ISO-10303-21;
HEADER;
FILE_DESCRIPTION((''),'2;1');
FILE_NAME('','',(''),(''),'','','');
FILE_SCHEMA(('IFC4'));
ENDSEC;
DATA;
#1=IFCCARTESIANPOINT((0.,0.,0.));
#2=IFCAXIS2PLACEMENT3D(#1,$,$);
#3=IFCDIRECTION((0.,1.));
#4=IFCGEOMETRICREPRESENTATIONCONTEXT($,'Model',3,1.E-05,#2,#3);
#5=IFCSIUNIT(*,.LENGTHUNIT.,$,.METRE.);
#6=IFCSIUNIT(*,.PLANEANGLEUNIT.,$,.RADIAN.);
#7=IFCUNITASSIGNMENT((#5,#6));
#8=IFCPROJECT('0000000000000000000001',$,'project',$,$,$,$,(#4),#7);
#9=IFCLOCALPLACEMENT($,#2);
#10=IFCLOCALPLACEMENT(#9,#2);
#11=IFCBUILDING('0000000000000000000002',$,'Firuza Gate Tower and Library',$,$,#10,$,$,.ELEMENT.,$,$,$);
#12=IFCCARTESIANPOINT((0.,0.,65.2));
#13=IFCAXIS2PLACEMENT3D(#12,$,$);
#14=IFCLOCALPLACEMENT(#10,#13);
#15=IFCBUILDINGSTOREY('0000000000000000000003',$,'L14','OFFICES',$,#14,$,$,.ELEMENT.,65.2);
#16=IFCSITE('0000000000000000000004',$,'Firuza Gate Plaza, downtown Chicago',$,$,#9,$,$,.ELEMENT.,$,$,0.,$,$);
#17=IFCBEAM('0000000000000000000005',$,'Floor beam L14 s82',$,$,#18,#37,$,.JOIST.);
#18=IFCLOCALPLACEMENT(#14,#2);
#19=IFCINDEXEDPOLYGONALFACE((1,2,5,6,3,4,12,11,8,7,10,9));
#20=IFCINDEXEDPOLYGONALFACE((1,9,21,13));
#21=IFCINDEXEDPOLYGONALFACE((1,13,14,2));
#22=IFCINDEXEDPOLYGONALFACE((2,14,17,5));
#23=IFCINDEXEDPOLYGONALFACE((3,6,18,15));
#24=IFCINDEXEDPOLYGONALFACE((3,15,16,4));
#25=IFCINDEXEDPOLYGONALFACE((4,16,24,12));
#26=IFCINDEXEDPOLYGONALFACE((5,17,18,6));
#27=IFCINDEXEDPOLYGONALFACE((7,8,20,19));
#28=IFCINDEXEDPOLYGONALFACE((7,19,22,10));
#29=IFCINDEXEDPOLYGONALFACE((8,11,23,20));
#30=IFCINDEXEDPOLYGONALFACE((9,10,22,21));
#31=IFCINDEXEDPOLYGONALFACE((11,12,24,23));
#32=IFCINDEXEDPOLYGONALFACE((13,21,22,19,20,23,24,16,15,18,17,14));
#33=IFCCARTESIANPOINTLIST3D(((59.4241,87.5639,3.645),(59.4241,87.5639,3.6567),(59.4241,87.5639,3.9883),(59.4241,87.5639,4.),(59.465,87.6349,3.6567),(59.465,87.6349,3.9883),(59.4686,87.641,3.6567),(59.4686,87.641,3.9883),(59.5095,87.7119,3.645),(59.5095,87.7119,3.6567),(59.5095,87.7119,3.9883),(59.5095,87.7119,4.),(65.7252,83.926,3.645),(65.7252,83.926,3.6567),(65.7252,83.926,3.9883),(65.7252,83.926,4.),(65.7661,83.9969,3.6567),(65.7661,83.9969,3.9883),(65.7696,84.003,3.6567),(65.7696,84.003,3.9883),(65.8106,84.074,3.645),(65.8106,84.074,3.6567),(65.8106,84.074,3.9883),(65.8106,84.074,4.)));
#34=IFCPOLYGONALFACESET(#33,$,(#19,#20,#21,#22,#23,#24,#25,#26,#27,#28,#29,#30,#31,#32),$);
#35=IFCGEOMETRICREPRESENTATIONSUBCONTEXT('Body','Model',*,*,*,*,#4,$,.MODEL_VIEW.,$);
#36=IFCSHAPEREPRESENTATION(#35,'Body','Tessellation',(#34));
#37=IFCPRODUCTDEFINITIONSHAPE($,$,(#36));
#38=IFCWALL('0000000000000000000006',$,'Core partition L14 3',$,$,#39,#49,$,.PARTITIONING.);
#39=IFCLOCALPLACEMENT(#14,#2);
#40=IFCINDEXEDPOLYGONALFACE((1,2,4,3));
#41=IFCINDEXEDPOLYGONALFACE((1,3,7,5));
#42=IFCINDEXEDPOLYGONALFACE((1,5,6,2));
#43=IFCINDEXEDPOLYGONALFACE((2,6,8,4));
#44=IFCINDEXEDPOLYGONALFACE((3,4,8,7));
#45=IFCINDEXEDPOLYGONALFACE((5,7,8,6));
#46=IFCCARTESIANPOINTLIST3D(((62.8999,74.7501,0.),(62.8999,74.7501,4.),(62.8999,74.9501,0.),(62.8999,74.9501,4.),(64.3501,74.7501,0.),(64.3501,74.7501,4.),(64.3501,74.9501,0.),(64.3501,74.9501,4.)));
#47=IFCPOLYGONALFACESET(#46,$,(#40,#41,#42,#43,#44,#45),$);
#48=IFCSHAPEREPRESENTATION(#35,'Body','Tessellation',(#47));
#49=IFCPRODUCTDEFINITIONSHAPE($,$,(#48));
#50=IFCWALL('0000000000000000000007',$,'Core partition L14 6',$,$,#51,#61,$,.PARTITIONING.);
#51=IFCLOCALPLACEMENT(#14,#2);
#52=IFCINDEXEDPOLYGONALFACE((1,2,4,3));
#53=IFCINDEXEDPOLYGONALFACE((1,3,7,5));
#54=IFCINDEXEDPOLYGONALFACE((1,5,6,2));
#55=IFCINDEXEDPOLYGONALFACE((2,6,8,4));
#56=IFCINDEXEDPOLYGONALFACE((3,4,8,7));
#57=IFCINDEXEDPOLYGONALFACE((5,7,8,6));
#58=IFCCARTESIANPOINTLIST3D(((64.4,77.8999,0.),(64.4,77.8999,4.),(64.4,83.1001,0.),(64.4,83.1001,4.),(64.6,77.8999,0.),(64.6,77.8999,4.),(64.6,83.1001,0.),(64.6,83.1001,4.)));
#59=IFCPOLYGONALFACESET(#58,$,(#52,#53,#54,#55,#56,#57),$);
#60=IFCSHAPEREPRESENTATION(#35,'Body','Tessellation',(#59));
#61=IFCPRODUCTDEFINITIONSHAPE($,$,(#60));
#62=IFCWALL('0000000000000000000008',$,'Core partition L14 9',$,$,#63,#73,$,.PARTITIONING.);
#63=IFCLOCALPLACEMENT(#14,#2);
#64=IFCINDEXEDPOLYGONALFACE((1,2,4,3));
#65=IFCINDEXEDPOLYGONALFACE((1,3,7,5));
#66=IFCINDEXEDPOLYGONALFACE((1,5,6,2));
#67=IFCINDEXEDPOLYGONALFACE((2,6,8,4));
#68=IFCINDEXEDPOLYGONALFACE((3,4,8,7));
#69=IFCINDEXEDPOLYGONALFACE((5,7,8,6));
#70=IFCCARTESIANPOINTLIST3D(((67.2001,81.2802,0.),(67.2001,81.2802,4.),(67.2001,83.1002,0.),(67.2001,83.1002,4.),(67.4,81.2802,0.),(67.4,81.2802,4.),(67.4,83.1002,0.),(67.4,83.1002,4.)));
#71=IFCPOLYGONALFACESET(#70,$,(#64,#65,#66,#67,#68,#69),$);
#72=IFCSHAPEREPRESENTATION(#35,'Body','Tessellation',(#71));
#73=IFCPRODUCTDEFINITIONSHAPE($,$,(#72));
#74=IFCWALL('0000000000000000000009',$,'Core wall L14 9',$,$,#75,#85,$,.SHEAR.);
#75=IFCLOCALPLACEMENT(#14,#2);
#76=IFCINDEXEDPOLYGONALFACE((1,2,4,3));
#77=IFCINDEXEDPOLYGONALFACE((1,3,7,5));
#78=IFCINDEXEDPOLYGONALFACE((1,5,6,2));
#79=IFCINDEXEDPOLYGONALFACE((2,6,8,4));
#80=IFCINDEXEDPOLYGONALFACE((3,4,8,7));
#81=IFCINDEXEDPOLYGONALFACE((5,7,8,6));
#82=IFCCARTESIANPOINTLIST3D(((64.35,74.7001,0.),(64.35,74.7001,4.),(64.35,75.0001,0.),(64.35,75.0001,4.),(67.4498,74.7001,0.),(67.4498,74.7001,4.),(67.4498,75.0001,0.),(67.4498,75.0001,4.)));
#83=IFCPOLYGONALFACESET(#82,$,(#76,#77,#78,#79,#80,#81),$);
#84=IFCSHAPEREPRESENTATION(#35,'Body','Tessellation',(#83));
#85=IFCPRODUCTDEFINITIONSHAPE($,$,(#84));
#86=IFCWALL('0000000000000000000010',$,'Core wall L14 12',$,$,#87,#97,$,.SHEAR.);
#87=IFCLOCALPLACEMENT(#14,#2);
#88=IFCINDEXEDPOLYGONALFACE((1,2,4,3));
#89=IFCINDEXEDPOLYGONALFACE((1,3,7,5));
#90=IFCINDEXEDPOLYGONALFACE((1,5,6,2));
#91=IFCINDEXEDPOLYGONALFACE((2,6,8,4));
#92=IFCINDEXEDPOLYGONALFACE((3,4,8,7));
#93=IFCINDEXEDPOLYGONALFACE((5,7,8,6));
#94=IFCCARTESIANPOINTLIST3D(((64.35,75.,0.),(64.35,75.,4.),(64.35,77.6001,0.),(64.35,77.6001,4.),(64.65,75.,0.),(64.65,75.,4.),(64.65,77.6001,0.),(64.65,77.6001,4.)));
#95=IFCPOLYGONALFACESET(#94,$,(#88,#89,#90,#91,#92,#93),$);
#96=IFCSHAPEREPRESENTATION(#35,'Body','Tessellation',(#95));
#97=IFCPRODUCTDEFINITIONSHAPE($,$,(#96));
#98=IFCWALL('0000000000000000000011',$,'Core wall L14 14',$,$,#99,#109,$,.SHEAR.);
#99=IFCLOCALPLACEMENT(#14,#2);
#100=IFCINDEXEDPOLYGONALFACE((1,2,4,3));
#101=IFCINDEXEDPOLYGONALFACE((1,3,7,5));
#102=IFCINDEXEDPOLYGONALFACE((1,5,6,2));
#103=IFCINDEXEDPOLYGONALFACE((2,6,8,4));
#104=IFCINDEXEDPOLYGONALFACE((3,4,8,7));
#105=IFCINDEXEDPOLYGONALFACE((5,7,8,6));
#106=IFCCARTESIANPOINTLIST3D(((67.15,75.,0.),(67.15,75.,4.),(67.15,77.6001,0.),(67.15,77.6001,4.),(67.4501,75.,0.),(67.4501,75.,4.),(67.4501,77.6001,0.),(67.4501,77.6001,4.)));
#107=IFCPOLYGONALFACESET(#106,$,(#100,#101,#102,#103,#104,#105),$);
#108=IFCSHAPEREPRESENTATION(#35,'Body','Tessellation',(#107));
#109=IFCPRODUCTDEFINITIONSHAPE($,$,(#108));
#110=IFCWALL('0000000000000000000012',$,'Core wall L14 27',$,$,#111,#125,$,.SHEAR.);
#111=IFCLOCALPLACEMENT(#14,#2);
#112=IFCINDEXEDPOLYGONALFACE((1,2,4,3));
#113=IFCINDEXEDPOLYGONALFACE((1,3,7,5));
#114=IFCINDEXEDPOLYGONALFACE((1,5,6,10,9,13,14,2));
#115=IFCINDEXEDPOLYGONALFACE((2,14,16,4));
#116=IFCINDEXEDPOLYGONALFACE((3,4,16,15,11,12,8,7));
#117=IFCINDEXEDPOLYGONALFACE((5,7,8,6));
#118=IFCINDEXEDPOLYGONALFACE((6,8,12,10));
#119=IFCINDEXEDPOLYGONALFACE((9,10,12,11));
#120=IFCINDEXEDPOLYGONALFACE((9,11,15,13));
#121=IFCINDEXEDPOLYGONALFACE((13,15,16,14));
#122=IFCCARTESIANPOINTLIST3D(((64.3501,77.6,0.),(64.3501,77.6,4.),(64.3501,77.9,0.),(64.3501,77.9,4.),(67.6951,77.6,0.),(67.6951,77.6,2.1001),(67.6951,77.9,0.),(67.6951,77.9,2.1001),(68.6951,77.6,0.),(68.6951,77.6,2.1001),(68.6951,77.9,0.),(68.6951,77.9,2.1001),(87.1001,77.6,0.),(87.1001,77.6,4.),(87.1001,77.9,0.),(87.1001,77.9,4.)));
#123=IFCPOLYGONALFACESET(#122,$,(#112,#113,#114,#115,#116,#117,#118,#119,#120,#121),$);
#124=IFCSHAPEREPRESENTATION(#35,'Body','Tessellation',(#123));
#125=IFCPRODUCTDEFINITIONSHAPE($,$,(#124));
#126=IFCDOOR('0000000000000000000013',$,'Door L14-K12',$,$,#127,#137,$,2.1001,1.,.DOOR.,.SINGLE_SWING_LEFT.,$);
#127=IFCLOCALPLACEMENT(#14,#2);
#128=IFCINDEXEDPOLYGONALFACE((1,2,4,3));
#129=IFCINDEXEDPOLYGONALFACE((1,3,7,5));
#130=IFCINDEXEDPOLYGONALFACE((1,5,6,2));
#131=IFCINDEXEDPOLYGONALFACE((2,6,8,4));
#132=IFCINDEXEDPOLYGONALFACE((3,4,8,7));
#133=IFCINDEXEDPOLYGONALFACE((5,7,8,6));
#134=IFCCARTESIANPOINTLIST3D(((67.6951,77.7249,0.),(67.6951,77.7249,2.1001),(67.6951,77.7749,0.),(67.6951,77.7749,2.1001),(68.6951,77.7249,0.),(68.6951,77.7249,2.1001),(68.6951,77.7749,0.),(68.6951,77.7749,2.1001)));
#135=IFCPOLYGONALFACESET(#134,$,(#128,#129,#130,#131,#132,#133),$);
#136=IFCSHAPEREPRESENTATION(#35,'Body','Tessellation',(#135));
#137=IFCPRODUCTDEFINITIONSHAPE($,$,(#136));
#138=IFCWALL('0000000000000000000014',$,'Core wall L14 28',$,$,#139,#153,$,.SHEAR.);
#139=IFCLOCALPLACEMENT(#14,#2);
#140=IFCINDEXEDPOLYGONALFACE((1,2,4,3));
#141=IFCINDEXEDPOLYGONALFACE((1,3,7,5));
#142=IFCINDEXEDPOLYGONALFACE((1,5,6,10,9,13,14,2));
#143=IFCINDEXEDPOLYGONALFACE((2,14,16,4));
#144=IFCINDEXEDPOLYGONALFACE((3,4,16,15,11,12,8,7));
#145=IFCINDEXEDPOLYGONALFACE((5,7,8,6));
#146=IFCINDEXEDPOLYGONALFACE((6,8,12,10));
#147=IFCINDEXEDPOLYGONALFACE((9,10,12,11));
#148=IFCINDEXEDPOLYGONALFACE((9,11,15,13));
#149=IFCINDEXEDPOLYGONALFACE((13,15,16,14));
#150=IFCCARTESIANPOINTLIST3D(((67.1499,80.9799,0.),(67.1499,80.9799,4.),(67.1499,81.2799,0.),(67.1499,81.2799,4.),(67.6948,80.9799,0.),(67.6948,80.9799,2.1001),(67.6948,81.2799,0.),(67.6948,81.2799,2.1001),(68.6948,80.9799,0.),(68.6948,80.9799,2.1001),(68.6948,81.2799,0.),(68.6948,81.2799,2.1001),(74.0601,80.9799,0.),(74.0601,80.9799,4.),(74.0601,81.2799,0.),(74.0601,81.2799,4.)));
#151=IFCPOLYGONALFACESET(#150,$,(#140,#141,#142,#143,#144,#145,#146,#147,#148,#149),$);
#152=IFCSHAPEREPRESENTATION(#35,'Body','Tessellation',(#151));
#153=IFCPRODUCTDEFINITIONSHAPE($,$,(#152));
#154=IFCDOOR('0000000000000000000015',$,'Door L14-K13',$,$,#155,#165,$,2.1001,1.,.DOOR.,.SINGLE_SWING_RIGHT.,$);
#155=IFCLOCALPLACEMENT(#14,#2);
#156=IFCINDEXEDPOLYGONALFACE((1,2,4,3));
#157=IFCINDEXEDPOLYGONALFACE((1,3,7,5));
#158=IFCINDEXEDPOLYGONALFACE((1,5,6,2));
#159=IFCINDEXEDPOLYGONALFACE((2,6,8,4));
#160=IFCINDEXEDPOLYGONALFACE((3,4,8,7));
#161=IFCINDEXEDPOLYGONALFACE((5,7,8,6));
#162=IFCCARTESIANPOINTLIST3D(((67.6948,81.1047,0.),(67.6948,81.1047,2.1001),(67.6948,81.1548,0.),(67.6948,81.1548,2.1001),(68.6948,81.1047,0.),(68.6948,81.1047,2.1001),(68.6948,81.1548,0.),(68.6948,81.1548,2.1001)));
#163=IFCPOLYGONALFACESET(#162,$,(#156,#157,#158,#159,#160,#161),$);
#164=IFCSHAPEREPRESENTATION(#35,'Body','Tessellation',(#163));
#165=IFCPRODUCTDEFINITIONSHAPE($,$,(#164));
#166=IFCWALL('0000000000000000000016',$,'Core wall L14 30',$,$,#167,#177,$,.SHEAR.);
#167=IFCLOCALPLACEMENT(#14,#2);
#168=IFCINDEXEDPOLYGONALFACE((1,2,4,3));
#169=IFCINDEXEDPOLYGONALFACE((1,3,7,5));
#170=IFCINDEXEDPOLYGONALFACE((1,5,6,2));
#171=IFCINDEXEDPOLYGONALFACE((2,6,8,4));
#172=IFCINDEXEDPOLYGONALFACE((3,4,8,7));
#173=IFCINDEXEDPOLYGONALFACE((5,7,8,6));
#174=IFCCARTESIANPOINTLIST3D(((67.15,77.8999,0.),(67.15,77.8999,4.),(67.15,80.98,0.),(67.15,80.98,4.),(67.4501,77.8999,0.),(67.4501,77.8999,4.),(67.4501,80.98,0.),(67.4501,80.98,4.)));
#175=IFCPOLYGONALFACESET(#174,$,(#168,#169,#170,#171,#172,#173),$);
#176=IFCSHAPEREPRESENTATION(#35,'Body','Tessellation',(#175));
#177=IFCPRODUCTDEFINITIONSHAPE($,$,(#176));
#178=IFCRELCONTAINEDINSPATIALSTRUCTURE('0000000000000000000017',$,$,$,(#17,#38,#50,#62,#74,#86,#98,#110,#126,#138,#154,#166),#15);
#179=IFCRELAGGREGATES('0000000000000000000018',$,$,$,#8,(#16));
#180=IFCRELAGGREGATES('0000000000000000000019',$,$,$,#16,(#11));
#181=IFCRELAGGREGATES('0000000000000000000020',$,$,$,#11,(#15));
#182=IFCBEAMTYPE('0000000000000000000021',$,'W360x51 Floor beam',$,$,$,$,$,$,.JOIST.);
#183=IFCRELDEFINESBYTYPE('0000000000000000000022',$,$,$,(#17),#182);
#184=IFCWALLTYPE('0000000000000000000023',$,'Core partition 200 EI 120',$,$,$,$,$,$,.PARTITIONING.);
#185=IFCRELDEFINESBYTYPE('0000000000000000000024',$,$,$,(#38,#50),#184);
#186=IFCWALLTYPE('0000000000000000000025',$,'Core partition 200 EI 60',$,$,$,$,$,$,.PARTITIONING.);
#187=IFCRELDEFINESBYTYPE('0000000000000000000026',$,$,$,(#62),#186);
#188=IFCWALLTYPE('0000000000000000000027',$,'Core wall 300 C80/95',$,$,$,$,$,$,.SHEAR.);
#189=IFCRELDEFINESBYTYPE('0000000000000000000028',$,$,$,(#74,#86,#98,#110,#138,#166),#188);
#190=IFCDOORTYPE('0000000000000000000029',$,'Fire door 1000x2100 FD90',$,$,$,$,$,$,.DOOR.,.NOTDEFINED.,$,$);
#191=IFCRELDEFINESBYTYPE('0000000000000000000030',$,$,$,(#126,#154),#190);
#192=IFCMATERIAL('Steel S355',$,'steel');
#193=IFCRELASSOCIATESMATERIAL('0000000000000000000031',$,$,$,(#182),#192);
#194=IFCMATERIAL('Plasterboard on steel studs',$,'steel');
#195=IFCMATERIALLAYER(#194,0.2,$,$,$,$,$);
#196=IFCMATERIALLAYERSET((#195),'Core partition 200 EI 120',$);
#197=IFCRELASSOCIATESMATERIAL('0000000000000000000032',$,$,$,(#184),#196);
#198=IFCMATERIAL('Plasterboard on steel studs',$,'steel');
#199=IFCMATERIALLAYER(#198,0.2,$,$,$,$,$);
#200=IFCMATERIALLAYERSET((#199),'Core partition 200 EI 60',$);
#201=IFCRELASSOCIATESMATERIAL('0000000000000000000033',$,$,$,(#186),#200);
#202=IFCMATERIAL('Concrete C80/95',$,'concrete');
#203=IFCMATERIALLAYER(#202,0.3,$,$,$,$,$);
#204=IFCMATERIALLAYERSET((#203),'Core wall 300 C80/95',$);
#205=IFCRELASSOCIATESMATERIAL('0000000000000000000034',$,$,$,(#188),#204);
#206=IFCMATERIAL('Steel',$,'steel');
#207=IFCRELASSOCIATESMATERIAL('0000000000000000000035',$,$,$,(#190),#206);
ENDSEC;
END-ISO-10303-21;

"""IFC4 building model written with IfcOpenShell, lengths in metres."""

from ifc_helpers import new_model, si_unit, direction, frame, frame_2d, origin, origin_2d, place, context, subcontext, project, spatial, rectangle, i_section, extrude, material, layer, layer_set, material_profile, profile_set, type_object, element, fill, save


model = new_model("IFC4")

# Units and contexts
model_context = context("Model", 3, precision=1e-05, world=origin(), true_north=direction((0.0, 1.0)))
body_context = subcontext(model_context, "Body", "Model", "MODEL_VIEW")
ifc_project = project(units=[si_unit("LENGTHUNIT", "METRE"), si_unit("PLANEANGLEUNIT", "RADIAN")], contexts=[model_context])

# Site, building, storey
site_placement = place(None, origin())
site = spatial("IfcSite", under=ifc_project, at=site_placement, Name="Firuza Gate Plaza, downtown Chicago", CompositionType="ELEMENT", RefElevation=0.0)
building_placement = place(site_placement, origin())
building = spatial("IfcBuilding", under=site, at=building_placement, Name="Firuza Gate Tower and Library", CompositionType="ELEMENT")
storey_placement = place(building_placement, frame((0.0, 0.0, 65.2)))
storey = spatial("IfcBuildingStorey", under=building, at=storey_placement, Name="L14", Description="OFFICES", CompositionType="ELEMENT", Elevation=65.2)

# Beam
ifc_material_1 = material(Name="Steel S355", Category="steel")
ifc_material_profile = material_profile(ifc_material_1, i_section(OverallWidth=0.1709, OverallDepth=0.355, WebThickness=0.0071, FlangeThickness=0.0117, at=origin_2d()))
ifc_profile_set = profile_set([ifc_material_profile], Name="Steel S355")
beam_type = type_object("IfcBeamType", Name="W360x51 Floor beam", PredefinedType="JOIST", material=ifc_profile_set)
beam_placement = place(storey_placement, frame((59.4668, 87.6379, 3.8225), z_axis=(0.866023, -0.500004, 0.0), x_axis=(0.500004, 0.866023, 0.0)))
element("IfcBeam", 1, at=beam_placement, inside=storey, type_object=beam_type, Name="Floor beam L14 s82", PredefinedType="JOIST", context=body_context, shape_type="SweptSolid", body=[
    extrude(i_section(OverallWidth=0.1709, OverallDepth=0.355, WebThickness=0.0071, FlangeThickness=0.0117, at=origin_2d()), origin(), (0.0, 0.0, 1.0), 7.2759),
])

# Walls
ifc_material_2 = material(Name="Plasterboard on steel studs", Category="steel")
ifc_layer_1 = layer(ifc_material_2, 0.2)
ifc_layer_set_1 = layer_set([ifc_layer_1], Name="Core partition 200 EI 120")
wall_type_1 = type_object("IfcWallType", Name="Core partition 200 EI 120", PredefinedType="PARTITIONING", material=ifc_layer_set_1)
wall_1_placement = place(storey_placement, frame((62.8999, 74.8501, 0.0), z_axis=(0.0, 0.0, 1.0), x_axis=(1.0, 0.0, 0.0)))
element("IfcWall", 2, at=wall_1_placement, inside=storey, type_object=wall_type_1, Name="Core partition L14 3", PredefinedType="PARTITIONING", context=body_context, shape_type="SweptSolid", body=[
    extrude(rectangle(XDim=1.4502, YDim=0.2, at=frame_2d((0.7251, 0.0))), origin(), (0.0, 0.0, 1.0), 4.0),
])
wall_2_placement = place(storey_placement, frame((64.5, 77.8999, 0.0), z_axis=(0.0, 0.0, 1.0), x_axis=(0.0, 1.0, 0.0)))
element("IfcWall", 3, at=wall_2_placement, inside=storey, type_object=wall_type_1, Name="Core partition L14 6", PredefinedType="PARTITIONING", context=body_context, shape_type="SweptSolid", body=[
    extrude(rectangle(XDim=5.2002, YDim=0.2, at=frame_2d((2.6001, 0.0))), origin(), (0.0, 0.0, 1.0), 4.0),
])
ifc_material_3 = material(Name="Plasterboard on steel studs", Category="steel")
ifc_layer_2 = layer(ifc_material_3, 0.2)
ifc_layer_set_2 = layer_set([ifc_layer_2], Name="Core partition 200 EI 60")
wall_type_2 = type_object("IfcWallType", Name="Core partition 200 EI 60", PredefinedType="PARTITIONING", material=ifc_layer_set_2)
wall_3_placement = place(storey_placement, frame((67.3, 81.28, 0.0), z_axis=(0.0, 0.0, 1.0), x_axis=(0.0, 1.0, 0.0)))
element("IfcWall", 4, at=wall_3_placement, inside=storey, type_object=wall_type_2, Name="Core partition L14 9", PredefinedType="PARTITIONING", context=body_context, shape_type="SweptSolid", body=[
    extrude(rectangle(XDim=1.8201, YDim=0.2, at=frame_2d((0.9102, 0.0))), origin(), (0.0, 0.0, 1.0), 4.0),
])
ifc_material_4 = material(Name="Concrete C80/95", Category="concrete")
ifc_layer_3 = layer(ifc_material_4, 0.3)
ifc_layer_set_3 = layer_set([ifc_layer_3], Name="Core wall 300 C80/95")
wall_type_3 = type_object("IfcWallType", Name="Core wall 300 C80/95", PredefinedType="SHEAR", material=ifc_layer_set_3)
wall_4_placement = place(storey_placement, frame((64.3501, 74.8501, 0.0), z_axis=(0.0, 0.0, 1.0), x_axis=(1.0, 0.0, 0.0)))
element("IfcWall", 5, at=wall_4_placement, inside=storey, type_object=wall_type_3, Name="Core wall L14 9", PredefinedType="SHEAR", context=body_context, shape_type="SweptSolid", body=[
    extrude(rectangle(XDim=3.0999, YDim=0.3, at=frame_2d((1.5498, 0.0))), origin(), (0.0, 0.0, 1.0), 4.0),
])
for number, where, z_axis, x_axis, name in (
    (6, (64.5, 75.0, 0.0), (0.0, 0.0, 1.0), (0.0, 1.0, 0.0), "Core wall L14 12"),
    (7, (67.3, 75.0, 0.0), (0.0, 0.0, 1.0), (0.0, 1.0, 0.0), "Core wall L14 14"),
):
    element("IfcWall", number, at=place(storey_placement, frame(where, z_axis=z_axis, x_axis=x_axis)), inside=storey, type_object=wall_type_3, Name=name, PredefinedType="SHEAR", context=body_context, shape_type="SweptSolid", body=[
        extrude(rectangle(XDim=2.6001, YDim=0.3, at=frame_2d((1.3, 0.0))), origin(), (0.0, 0.0, 1.0), 4.0),
    ])

# Walls, openings, doors
wall_5_placement = place(storey_placement, frame((64.3501, 77.75, 0.0), z_axis=(0.0, 0.0, 1.0), x_axis=(1.0, 0.0, 0.0)))
wall_5 = element("IfcWall", 8, at=wall_5_placement, inside=storey, type_object=wall_type_3, Name="Core wall L14 27", PredefinedType="SHEAR", context=body_context, shape_type="SweptSolid", body=[
    extrude(rectangle(XDim=22.75, YDim=0.3, at=frame_2d((11.375, 0.0))), origin(), (0.0, 0.0, 1.0), 4.0),
])
opening_1_placement = place(wall_5_placement, frame((3.345, 0.0, 0.0)))
opening_1 = element("IfcOpeningElement", 9, at=opening_1_placement, cuts=wall_5, PredefinedType="OPENING", context=body_context, shape_type="SweptSolid", body=[
    extrude(rectangle(XDim=1.0, YDim=2.1001, at=frame_2d((0.5, 1.05))), frame((0.0, 0.1602, 0.0), z_axis=(0.0, -1.0, 0.0), x_axis=(1.0, 0.0, 0.0)), (0.0, 0.0, 1.0), 0.3201),
])
ifc_material_5 = material(Name="Steel", Category="steel")
door_type_1 = type_object("IfcDoorType", Name="Fire door 1000x2100 FD90", OperationType="NOTDEFINED", PredefinedType="DOOR", material=ifc_material_5)
door_1_placement = place(opening_1_placement, origin())
door_1 = element("IfcDoor", 10, at=door_1_placement, inside=storey, type_object=door_type_1, Name="Door L14-K12", OperationType="SINGLE_SWING_LEFT", OverallHeight=2.1001, OverallWidth=1.0, PredefinedType="DOOR", context=body_context, shape_type="SweptSolid", body=[
    extrude(rectangle(XDim=1.0, YDim=2.1001, at=frame_2d((0.5, 1.05))), frame((0.0, 0.0249, 0.0), z_axis=(0.0, -1.0, 0.0), x_axis=(1.0, 0.0, 0.0)), (0.0, 0.0, 1.0), 0.05),
])
fill(opening_1, door_1)
wall_6_placement = place(storey_placement, frame((67.1499, 81.1299, 0.0), z_axis=(0.0, 0.0, 1.0), x_axis=(1.0, 0.0, 0.0)))
wall_6 = element("IfcWall", 11, at=wall_6_placement, inside=storey, type_object=wall_type_3, Name="Core wall L14 28", PredefinedType="SHEAR", context=body_context, shape_type="SweptSolid", body=[
    extrude(rectangle(XDim=6.9102, YDim=0.3, at=frame_2d((3.4551, 0.0))), origin(), (0.0, 0.0, 1.0), 4.0),
])
opening_2_placement = place(wall_6_placement, frame((0.5449, 0.0, 0.0)))
opening_2 = element("IfcOpeningElement", 12, at=opening_2_placement, cuts=wall_6, PredefinedType="OPENING", context=body_context, shape_type="SweptSolid", body=[
    extrude(rectangle(XDim=1.0, YDim=2.1001, at=frame_2d((0.5, 1.05))), frame((0.0, 0.1602, 0.0), z_axis=(0.0, -1.0, 0.0), x_axis=(1.0, 0.0, 0.0)), (0.0, 0.0, 1.0), 0.3201),
])
door_2_placement = place(opening_2_placement, origin())
door_2 = element("IfcDoor", 13, at=door_2_placement, inside=storey, type_object=door_type_1, Name="Door L14-K13", OperationType="SINGLE_SWING_RIGHT", OverallHeight=2.1001, OverallWidth=1.0, PredefinedType="DOOR", context=body_context, shape_type="SweptSolid", body=[
    extrude(rectangle(XDim=1.0, YDim=2.1001, at=frame_2d((0.5, 1.05))), frame((0.0, 0.0249, 0.0), z_axis=(0.0, -1.0, 0.0), x_axis=(1.0, 0.0, 0.0)), (0.0, 0.0, 1.0), 0.05),
])
fill(opening_2, door_2)

# Wall
wall_7_placement = place(storey_placement, frame((67.3, 77.8999, 0.0), z_axis=(0.0, 0.0, 1.0), x_axis=(0.0, 1.0, 0.0)))
element("IfcWall", 14, at=wall_7_placement, inside=storey, type_object=wall_type_3, Name="Core wall L14 30", PredefinedType="SHEAR", context=body_context, shape_type="SweptSolid", body=[
    extrude(rectangle(XDim=3.0801, YDim=0.3, at=frame_2d((1.54, 0.0))), origin(), (0.0, 0.0, 1.0), 4.0),
])

save(model, "model.ifc")
